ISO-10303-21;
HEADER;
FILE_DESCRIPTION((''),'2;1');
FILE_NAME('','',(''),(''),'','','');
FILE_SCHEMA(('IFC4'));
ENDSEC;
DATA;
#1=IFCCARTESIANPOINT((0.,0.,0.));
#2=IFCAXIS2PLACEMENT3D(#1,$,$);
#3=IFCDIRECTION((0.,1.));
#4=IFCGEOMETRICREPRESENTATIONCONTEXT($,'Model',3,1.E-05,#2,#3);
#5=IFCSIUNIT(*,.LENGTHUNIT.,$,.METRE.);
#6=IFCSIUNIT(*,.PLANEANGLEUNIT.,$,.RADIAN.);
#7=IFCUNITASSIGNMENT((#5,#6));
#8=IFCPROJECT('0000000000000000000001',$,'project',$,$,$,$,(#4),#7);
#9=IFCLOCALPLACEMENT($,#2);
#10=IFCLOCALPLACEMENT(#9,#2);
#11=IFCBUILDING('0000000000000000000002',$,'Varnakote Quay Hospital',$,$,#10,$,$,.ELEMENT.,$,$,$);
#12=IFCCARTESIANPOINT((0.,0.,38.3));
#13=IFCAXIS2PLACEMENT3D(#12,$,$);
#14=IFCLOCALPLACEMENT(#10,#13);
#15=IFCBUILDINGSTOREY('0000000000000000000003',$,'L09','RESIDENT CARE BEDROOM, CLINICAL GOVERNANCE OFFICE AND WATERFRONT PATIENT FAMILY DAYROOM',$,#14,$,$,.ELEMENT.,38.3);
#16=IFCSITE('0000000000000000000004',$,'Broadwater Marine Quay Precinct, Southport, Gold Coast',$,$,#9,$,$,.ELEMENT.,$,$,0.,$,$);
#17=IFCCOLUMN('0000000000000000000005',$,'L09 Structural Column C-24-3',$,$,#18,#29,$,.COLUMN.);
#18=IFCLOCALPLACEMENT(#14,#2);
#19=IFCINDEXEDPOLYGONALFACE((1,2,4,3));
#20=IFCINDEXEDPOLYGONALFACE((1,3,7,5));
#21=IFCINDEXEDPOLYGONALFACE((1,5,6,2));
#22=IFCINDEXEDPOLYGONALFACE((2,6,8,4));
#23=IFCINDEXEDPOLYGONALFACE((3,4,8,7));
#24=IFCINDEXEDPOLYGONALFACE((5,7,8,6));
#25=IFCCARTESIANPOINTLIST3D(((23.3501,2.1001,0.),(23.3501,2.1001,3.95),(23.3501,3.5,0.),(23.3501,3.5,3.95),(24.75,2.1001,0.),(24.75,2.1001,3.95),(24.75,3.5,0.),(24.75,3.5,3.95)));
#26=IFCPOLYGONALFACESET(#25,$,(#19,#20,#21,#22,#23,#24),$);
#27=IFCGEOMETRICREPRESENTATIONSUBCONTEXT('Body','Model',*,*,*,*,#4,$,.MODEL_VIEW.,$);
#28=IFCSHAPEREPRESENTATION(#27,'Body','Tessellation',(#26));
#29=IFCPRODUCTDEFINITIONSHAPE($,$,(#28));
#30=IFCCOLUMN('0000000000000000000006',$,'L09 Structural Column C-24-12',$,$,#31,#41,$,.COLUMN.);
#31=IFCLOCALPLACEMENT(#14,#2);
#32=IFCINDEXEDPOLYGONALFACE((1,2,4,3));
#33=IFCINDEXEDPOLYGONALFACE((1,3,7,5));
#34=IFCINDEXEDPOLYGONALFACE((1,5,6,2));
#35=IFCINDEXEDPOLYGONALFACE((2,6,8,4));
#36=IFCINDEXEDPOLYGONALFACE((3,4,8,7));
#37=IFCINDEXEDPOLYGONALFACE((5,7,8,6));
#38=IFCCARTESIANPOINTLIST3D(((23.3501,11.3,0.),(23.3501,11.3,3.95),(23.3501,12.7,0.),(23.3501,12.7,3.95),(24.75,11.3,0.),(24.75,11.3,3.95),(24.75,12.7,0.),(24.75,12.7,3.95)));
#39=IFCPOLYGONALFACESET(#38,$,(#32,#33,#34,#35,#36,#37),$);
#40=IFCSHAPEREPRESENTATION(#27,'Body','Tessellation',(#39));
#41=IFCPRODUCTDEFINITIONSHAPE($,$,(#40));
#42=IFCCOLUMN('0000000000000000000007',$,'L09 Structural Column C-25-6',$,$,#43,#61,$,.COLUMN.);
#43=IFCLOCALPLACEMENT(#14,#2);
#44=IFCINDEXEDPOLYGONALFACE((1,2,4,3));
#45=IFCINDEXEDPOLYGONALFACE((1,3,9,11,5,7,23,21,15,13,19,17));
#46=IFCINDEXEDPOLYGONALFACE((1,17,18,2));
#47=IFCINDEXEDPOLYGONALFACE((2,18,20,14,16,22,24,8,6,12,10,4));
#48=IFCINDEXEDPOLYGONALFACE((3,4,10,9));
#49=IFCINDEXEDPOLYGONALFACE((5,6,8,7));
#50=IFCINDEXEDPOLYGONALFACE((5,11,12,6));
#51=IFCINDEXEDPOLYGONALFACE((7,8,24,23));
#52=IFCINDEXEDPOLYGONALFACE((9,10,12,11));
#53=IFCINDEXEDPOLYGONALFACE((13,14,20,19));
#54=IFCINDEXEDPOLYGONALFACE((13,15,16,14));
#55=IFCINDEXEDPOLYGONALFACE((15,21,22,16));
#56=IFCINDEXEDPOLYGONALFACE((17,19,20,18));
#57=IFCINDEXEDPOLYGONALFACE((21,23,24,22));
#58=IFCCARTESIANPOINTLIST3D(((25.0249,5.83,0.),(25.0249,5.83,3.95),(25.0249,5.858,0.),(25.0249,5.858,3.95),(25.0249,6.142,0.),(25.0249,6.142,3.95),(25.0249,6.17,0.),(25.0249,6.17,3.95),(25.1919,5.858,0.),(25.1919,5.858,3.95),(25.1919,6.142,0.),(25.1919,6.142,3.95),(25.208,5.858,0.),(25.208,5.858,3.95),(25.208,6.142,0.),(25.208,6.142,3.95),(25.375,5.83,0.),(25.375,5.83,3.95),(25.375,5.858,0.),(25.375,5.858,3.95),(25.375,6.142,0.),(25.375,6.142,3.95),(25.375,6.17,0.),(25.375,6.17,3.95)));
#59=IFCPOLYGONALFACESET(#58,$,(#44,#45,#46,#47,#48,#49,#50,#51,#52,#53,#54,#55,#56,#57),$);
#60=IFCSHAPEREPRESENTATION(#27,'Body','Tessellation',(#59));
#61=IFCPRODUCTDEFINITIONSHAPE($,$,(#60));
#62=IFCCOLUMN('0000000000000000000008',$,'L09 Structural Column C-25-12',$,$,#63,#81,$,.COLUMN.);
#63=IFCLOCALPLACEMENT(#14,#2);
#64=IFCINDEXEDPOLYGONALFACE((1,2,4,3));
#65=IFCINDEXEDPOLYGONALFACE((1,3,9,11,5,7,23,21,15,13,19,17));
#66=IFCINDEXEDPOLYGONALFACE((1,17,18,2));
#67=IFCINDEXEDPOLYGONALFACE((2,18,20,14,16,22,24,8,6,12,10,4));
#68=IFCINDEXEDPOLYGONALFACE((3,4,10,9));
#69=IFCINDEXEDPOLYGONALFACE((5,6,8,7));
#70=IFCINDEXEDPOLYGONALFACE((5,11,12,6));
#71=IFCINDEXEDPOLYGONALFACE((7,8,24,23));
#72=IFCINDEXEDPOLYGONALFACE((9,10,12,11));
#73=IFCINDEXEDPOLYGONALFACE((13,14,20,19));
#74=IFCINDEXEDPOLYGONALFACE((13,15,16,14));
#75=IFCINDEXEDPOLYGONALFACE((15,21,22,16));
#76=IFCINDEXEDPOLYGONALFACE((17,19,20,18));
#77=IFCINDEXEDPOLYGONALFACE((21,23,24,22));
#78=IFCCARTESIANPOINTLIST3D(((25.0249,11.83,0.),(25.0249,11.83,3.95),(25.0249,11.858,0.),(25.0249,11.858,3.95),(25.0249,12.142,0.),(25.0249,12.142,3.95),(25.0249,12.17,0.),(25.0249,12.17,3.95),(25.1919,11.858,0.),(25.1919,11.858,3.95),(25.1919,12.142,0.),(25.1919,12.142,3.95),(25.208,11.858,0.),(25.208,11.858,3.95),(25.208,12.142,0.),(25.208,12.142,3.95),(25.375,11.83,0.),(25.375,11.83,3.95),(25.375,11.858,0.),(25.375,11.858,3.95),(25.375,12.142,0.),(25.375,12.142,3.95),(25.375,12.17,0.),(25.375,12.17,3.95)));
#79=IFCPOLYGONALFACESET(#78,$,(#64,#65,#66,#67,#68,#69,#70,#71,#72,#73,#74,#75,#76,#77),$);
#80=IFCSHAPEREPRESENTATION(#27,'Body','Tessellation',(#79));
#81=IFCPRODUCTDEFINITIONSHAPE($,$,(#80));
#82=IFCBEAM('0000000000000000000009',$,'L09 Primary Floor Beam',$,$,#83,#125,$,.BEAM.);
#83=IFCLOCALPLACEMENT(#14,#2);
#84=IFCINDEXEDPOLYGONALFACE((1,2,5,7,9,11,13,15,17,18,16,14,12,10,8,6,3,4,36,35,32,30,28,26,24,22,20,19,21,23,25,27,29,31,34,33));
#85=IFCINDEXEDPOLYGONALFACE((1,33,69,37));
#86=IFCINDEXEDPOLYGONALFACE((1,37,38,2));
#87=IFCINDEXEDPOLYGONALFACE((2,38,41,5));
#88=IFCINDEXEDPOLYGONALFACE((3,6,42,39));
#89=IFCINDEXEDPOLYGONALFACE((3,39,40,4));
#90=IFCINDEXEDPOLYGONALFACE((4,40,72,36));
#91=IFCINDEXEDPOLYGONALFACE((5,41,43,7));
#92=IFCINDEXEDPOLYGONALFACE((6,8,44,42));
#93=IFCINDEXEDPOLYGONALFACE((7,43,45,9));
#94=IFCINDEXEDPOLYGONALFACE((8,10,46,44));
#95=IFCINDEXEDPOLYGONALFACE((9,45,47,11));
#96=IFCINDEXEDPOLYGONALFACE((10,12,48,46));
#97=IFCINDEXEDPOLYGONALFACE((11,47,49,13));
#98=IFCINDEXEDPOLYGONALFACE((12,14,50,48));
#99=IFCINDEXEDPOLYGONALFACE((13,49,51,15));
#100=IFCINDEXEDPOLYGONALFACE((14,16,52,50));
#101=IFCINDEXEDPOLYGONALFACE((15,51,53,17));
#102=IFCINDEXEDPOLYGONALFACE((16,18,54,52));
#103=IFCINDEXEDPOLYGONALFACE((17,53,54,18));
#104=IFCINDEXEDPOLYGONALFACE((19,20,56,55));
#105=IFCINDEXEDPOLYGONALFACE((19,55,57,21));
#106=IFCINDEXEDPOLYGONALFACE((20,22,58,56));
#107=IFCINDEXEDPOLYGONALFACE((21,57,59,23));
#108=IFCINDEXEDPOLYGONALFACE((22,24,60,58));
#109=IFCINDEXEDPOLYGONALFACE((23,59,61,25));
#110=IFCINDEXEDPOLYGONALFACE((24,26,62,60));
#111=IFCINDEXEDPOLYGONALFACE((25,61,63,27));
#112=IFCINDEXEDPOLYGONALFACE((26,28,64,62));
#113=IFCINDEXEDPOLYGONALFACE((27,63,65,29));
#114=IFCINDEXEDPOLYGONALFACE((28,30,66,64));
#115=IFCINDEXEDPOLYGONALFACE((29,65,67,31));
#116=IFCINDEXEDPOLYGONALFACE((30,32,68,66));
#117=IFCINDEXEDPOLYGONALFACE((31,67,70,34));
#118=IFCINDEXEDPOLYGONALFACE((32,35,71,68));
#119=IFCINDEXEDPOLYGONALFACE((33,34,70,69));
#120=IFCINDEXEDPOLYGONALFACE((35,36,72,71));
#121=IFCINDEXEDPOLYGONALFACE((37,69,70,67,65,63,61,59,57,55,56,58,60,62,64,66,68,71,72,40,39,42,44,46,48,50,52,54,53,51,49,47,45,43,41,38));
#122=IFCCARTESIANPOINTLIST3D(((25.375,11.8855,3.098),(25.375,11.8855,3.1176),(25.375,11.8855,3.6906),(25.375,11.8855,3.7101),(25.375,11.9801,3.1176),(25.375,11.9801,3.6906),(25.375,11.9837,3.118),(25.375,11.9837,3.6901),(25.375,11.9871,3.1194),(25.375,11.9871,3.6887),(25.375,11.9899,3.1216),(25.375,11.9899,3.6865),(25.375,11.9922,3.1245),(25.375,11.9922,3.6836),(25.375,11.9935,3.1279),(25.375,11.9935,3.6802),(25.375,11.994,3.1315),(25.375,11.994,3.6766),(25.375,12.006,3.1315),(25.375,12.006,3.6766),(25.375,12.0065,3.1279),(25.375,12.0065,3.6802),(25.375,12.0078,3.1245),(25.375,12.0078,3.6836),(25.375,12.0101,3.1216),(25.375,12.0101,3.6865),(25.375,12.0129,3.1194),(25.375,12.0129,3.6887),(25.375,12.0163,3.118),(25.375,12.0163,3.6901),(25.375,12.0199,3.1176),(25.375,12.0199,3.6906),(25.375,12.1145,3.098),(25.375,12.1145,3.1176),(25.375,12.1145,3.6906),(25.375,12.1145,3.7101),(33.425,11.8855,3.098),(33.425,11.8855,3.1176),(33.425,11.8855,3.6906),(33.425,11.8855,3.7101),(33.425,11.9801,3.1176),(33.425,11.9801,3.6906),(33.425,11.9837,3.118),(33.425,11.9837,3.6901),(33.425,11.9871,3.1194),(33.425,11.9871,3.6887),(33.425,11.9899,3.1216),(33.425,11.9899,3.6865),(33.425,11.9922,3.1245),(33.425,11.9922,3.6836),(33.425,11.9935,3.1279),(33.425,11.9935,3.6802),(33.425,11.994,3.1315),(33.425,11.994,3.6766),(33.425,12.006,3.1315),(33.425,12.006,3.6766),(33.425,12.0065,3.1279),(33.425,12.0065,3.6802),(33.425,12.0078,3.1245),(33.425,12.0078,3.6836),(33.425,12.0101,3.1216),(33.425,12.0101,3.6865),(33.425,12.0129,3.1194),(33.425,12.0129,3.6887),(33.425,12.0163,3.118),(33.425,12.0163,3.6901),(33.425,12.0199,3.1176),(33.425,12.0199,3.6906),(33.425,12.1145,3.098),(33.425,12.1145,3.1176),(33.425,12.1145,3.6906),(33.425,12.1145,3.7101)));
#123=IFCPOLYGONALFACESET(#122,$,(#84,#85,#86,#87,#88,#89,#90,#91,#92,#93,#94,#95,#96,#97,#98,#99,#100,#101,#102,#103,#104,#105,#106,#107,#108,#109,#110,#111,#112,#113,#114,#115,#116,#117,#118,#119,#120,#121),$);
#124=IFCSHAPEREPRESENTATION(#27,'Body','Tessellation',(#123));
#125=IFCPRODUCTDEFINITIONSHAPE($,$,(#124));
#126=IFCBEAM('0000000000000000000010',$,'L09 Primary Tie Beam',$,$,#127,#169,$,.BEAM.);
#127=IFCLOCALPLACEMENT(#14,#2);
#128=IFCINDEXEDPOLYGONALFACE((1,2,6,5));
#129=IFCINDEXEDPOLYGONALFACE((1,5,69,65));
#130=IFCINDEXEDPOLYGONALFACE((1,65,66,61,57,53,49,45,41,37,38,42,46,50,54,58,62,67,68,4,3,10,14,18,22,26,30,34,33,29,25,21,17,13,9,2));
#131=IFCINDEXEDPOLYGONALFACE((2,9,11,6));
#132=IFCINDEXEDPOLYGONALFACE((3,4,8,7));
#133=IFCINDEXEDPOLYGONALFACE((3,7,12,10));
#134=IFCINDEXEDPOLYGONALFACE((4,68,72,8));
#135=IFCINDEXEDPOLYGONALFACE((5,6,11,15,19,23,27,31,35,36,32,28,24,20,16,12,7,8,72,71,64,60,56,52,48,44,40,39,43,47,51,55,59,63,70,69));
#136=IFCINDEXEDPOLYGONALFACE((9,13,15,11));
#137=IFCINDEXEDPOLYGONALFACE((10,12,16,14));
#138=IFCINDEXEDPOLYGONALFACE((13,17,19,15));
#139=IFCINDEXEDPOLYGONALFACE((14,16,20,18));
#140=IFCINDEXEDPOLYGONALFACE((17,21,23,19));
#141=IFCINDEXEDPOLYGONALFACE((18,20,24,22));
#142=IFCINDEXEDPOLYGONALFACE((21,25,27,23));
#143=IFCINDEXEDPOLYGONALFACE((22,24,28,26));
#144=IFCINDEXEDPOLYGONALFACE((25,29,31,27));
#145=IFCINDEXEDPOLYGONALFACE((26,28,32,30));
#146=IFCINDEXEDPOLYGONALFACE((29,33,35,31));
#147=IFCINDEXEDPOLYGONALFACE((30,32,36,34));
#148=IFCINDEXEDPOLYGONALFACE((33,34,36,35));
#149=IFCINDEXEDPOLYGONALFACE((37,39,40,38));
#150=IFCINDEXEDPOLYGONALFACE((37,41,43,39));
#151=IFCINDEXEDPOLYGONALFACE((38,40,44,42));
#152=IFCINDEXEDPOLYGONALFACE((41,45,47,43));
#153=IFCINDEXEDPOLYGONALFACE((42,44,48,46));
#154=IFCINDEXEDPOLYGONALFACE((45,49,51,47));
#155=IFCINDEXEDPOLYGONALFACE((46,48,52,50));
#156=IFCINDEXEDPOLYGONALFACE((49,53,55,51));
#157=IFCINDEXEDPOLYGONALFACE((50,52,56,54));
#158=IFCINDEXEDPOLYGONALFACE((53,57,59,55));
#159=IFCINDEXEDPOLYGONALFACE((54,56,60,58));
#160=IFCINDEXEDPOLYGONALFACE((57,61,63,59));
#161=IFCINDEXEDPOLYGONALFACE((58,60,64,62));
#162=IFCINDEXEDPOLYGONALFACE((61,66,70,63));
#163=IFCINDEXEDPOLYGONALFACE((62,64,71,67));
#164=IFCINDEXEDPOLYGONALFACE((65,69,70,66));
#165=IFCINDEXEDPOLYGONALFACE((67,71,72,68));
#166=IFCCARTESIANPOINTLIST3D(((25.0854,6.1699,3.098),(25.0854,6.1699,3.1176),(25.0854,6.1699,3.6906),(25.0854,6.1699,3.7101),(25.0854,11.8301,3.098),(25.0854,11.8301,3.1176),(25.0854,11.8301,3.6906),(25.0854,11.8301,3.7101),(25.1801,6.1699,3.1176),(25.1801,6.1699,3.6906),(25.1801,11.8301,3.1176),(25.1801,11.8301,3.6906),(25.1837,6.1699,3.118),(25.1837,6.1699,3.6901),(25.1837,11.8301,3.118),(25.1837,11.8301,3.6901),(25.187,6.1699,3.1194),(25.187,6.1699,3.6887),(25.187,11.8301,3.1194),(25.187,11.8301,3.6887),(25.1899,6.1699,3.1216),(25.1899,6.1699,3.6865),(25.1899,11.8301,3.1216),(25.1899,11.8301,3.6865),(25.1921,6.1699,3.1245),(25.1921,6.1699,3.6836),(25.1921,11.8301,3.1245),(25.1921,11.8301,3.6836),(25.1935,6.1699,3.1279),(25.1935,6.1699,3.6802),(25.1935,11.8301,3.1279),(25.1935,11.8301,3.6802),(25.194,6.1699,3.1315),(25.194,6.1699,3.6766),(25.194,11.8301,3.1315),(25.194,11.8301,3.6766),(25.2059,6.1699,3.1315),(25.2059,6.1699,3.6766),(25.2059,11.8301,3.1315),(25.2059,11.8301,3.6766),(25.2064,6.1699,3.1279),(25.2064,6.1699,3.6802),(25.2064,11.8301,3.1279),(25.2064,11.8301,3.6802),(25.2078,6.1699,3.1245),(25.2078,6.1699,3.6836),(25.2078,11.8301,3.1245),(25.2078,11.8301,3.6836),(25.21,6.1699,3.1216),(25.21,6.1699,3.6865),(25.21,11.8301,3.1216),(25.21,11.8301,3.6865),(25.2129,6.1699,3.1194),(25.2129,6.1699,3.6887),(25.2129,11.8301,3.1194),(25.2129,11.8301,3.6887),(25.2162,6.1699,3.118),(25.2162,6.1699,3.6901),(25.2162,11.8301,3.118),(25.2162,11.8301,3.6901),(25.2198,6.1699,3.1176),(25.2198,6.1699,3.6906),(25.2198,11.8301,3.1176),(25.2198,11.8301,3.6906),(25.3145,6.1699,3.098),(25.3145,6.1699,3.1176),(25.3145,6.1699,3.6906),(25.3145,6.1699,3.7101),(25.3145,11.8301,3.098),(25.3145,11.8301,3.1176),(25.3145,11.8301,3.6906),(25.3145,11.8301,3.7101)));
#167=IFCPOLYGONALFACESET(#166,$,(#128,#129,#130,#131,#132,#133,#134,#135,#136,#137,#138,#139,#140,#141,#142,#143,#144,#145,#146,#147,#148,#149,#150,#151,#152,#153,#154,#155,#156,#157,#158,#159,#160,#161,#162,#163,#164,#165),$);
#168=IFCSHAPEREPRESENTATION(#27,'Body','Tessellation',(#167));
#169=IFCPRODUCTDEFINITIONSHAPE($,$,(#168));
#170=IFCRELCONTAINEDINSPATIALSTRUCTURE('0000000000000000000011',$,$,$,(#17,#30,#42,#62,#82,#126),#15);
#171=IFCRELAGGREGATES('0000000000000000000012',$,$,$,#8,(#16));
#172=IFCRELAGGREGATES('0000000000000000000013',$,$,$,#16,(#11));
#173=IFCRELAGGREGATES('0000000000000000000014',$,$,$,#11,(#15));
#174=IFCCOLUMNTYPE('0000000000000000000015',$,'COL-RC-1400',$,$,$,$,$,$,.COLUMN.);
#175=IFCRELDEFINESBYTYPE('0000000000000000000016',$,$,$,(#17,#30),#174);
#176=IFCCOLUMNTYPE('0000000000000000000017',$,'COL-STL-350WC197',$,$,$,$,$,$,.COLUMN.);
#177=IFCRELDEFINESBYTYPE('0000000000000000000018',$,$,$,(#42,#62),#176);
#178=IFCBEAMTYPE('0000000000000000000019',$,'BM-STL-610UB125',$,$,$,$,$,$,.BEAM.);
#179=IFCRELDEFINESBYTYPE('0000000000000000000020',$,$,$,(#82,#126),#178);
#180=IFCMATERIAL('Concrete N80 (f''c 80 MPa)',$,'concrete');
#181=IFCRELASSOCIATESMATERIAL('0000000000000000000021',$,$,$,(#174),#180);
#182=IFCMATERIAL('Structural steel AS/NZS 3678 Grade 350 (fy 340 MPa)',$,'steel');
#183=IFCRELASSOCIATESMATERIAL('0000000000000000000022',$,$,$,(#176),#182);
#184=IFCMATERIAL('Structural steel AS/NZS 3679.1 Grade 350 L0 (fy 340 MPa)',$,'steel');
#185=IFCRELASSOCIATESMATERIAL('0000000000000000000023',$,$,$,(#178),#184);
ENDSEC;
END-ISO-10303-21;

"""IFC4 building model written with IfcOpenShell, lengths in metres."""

from ifc_helpers import new_model, si_unit, direction, frame, origin, origin_2d, place, context, subcontext, project, spatial, rectangle, i_section, extrude, material, material_profile, profile_set, type_object, element, save


model = new_model("IFC4")

# Units and contexts
model_context = context("Model", 3, precision=1e-05, world=origin(), true_north=direction((0.0, 1.0)))
body_context = subcontext(model_context, "Body", "Model", "MODEL_VIEW")
ifc_project = project(units=[si_unit("LENGTHUNIT", "METRE"), si_unit("PLANEANGLEUNIT", "RADIAN")], contexts=[model_context])

# Site, building, storey
site_placement = place(None, origin())
site = spatial("IfcSite", under=ifc_project, at=site_placement, Name="Broadwater Marine Quay Precinct, Southport, Gold Coast", CompositionType="ELEMENT", RefElevation=0.0)
building_placement = place(site_placement, origin())
building = spatial("IfcBuilding", under=site, at=building_placement, Name="Varnakote Quay Hospital", CompositionType="ELEMENT")
storey_placement = place(building_placement, frame((0.0, 0.0, 38.3)))
storey = spatial("IfcBuildingStorey", under=building, at=storey_placement, Name="L09", Description="RESIDENT CARE BEDROOM, CLINICAL GOVERNANCE OFFICE AND WATERFRONT PATIENT FAMILY DAYROOM", CompositionType="ELEMENT", Elevation=38.3)

# Columns
ifc_material_1 = material(Name="Concrete N80 (f'c 80 MPa)", Category="concrete")
ifc_material_profile_1 = material_profile(ifc_material_1, rectangle(XDim=1.3999, YDim=1.3999, at=origin_2d()), Name="RC-COL-1400x1400")
ifc_profile_set_1 = profile_set([ifc_material_profile_1], Name="Concrete N80 (f'c 80 MPa)")
column_type_1 = type_object("IfcColumnType", Name="COL-RC-1400", PredefinedType="COLUMN", material=ifc_profile_set_1)
for number, where, z_axis, x_axis, name in (
    (1, (24.05, 2.8, 0.0), (0.0, 0.0, 1.0), (1.0, 0.0, 0.0), "L09 Structural Column C-24-3"),
    (2, (24.05, 12.0, 0.0), (0.0, 0.0, 1.0), (1.0, 0.0, 0.0), "L09 Structural Column C-24-12"),
):
    element("IfcColumn", number, at=place(storey_placement, frame(where, z_axis=z_axis, x_axis=x_axis)), inside=storey, type_object=column_type_1, Name=name, PredefinedType="COLUMN", context=body_context, shape_type="SweptSolid", body=[
        extrude(rectangle(XDim=1.3999, YDim=1.3999, at=origin_2d()), origin(), (0.0, 0.0, 1.0), 3.95),
    ])
ifc_material_2 = material(Name="Structural steel AS/NZS 3678 Grade 350 (fy 340 MPa)", Category="steel")
ifc_material_profile_2 = material_profile(ifc_material_2, i_section(OverallWidth=0.3501, OverallDepth=0.3401, WebThickness=0.0161, FlangeThickness=0.0281, at=origin_2d()), Name="350WC197")
ifc_profile_set_2 = profile_set([ifc_material_profile_2], Name="Structural steel AS/NZS 3678 Grade 350 (fy 340 MPa)")
column_type_2 = type_object("IfcColumnType", Name="COL-STL-350WC197", PredefinedType="COLUMN", material=ifc_profile_set_2)
for number, where, z_axis, x_axis, name in (
    (3, (25.2, 6.0, 0.0), (0.0, 0.0, 1.0), (1.0, 0.0, 0.0), "L09 Structural Column C-25-6"),
    (4, (25.2, 12.0, 0.0), (0.0, 0.0, 1.0), (1.0, 0.0, 0.0), "L09 Structural Column C-25-12"),
):
    element("IfcColumn", number, at=place(storey_placement, frame(where, z_axis=z_axis, x_axis=x_axis)), inside=storey, type_object=column_type_2, Name=name, PredefinedType="COLUMN", context=body_context, shape_type="SweptSolid", body=[
        extrude(i_section(OverallWidth=0.3501, OverallDepth=0.3401, WebThickness=0.0161, FlangeThickness=0.0281, at=origin_2d()), origin(), (0.0, 0.0, 1.0), 3.95),
    ])

# Beams
ifc_material_3 = material(Name="Structural steel AS/NZS 3679.1 Grade 350 L0 (fy 340 MPa)", Category="steel")
ifc_material_profile_3 = material_profile(ifc_material_3, i_section(OverallWidth=0.229, OverallDepth=0.6121, WebThickness=0.012, FlangeThickness=0.0195, FilletRadius=0.0139, at=origin_2d()), Name="610UB125")
ifc_profile_set_3 = profile_set([ifc_material_profile_3], Name="Structural steel AS/NZS 3679.1 Grade 350 L0 (fy 340 MPa)")
beam_type_1 = type_object("IfcBeamType", Name="BM-STL-610UB125", PredefinedType="BEAM", material=ifc_profile_set_3)
beam_1_placement = place(storey_placement, frame((25.375, 12.0, 3.4041), z_axis=(1.0, 0.0, 0.0), x_axis=(0.0, 1.0, 0.0)))
element("IfcBeam", 5, at=beam_1_placement, inside=storey, type_object=beam_type_1, Name="L09 Primary Floor Beam", PredefinedType="BEAM", context=body_context, shape_type="SweptSolid", body=[
    extrude(i_section(OverallWidth=0.229, OverallDepth=0.6121, WebThickness=0.012, FlangeThickness=0.0195, FilletRadius=0.0139, at=origin_2d()), origin(), (0.0, 0.0, 1.0), 8.05),
])
beam_2_placement = place(storey_placement, frame((25.2, 6.1699, 3.4041), z_axis=(0.0, 1.0, 0.0), x_axis=(-1.0, 0.0, 0.0)))
element("IfcBeam", 6, at=beam_2_placement, inside=storey, type_object=beam_type_1, Name="L09 Primary Tie Beam", PredefinedType="BEAM", context=body_context, shape_type="SweptSolid", body=[
    extrude(i_section(OverallWidth=0.229, OverallDepth=0.6121, WebThickness=0.012, FlangeThickness=0.0195, FilletRadius=0.0139, at=origin_2d()), origin(), (0.0, 0.0, 1.0), 5.6602),
])

save(model, "model.ifc")
